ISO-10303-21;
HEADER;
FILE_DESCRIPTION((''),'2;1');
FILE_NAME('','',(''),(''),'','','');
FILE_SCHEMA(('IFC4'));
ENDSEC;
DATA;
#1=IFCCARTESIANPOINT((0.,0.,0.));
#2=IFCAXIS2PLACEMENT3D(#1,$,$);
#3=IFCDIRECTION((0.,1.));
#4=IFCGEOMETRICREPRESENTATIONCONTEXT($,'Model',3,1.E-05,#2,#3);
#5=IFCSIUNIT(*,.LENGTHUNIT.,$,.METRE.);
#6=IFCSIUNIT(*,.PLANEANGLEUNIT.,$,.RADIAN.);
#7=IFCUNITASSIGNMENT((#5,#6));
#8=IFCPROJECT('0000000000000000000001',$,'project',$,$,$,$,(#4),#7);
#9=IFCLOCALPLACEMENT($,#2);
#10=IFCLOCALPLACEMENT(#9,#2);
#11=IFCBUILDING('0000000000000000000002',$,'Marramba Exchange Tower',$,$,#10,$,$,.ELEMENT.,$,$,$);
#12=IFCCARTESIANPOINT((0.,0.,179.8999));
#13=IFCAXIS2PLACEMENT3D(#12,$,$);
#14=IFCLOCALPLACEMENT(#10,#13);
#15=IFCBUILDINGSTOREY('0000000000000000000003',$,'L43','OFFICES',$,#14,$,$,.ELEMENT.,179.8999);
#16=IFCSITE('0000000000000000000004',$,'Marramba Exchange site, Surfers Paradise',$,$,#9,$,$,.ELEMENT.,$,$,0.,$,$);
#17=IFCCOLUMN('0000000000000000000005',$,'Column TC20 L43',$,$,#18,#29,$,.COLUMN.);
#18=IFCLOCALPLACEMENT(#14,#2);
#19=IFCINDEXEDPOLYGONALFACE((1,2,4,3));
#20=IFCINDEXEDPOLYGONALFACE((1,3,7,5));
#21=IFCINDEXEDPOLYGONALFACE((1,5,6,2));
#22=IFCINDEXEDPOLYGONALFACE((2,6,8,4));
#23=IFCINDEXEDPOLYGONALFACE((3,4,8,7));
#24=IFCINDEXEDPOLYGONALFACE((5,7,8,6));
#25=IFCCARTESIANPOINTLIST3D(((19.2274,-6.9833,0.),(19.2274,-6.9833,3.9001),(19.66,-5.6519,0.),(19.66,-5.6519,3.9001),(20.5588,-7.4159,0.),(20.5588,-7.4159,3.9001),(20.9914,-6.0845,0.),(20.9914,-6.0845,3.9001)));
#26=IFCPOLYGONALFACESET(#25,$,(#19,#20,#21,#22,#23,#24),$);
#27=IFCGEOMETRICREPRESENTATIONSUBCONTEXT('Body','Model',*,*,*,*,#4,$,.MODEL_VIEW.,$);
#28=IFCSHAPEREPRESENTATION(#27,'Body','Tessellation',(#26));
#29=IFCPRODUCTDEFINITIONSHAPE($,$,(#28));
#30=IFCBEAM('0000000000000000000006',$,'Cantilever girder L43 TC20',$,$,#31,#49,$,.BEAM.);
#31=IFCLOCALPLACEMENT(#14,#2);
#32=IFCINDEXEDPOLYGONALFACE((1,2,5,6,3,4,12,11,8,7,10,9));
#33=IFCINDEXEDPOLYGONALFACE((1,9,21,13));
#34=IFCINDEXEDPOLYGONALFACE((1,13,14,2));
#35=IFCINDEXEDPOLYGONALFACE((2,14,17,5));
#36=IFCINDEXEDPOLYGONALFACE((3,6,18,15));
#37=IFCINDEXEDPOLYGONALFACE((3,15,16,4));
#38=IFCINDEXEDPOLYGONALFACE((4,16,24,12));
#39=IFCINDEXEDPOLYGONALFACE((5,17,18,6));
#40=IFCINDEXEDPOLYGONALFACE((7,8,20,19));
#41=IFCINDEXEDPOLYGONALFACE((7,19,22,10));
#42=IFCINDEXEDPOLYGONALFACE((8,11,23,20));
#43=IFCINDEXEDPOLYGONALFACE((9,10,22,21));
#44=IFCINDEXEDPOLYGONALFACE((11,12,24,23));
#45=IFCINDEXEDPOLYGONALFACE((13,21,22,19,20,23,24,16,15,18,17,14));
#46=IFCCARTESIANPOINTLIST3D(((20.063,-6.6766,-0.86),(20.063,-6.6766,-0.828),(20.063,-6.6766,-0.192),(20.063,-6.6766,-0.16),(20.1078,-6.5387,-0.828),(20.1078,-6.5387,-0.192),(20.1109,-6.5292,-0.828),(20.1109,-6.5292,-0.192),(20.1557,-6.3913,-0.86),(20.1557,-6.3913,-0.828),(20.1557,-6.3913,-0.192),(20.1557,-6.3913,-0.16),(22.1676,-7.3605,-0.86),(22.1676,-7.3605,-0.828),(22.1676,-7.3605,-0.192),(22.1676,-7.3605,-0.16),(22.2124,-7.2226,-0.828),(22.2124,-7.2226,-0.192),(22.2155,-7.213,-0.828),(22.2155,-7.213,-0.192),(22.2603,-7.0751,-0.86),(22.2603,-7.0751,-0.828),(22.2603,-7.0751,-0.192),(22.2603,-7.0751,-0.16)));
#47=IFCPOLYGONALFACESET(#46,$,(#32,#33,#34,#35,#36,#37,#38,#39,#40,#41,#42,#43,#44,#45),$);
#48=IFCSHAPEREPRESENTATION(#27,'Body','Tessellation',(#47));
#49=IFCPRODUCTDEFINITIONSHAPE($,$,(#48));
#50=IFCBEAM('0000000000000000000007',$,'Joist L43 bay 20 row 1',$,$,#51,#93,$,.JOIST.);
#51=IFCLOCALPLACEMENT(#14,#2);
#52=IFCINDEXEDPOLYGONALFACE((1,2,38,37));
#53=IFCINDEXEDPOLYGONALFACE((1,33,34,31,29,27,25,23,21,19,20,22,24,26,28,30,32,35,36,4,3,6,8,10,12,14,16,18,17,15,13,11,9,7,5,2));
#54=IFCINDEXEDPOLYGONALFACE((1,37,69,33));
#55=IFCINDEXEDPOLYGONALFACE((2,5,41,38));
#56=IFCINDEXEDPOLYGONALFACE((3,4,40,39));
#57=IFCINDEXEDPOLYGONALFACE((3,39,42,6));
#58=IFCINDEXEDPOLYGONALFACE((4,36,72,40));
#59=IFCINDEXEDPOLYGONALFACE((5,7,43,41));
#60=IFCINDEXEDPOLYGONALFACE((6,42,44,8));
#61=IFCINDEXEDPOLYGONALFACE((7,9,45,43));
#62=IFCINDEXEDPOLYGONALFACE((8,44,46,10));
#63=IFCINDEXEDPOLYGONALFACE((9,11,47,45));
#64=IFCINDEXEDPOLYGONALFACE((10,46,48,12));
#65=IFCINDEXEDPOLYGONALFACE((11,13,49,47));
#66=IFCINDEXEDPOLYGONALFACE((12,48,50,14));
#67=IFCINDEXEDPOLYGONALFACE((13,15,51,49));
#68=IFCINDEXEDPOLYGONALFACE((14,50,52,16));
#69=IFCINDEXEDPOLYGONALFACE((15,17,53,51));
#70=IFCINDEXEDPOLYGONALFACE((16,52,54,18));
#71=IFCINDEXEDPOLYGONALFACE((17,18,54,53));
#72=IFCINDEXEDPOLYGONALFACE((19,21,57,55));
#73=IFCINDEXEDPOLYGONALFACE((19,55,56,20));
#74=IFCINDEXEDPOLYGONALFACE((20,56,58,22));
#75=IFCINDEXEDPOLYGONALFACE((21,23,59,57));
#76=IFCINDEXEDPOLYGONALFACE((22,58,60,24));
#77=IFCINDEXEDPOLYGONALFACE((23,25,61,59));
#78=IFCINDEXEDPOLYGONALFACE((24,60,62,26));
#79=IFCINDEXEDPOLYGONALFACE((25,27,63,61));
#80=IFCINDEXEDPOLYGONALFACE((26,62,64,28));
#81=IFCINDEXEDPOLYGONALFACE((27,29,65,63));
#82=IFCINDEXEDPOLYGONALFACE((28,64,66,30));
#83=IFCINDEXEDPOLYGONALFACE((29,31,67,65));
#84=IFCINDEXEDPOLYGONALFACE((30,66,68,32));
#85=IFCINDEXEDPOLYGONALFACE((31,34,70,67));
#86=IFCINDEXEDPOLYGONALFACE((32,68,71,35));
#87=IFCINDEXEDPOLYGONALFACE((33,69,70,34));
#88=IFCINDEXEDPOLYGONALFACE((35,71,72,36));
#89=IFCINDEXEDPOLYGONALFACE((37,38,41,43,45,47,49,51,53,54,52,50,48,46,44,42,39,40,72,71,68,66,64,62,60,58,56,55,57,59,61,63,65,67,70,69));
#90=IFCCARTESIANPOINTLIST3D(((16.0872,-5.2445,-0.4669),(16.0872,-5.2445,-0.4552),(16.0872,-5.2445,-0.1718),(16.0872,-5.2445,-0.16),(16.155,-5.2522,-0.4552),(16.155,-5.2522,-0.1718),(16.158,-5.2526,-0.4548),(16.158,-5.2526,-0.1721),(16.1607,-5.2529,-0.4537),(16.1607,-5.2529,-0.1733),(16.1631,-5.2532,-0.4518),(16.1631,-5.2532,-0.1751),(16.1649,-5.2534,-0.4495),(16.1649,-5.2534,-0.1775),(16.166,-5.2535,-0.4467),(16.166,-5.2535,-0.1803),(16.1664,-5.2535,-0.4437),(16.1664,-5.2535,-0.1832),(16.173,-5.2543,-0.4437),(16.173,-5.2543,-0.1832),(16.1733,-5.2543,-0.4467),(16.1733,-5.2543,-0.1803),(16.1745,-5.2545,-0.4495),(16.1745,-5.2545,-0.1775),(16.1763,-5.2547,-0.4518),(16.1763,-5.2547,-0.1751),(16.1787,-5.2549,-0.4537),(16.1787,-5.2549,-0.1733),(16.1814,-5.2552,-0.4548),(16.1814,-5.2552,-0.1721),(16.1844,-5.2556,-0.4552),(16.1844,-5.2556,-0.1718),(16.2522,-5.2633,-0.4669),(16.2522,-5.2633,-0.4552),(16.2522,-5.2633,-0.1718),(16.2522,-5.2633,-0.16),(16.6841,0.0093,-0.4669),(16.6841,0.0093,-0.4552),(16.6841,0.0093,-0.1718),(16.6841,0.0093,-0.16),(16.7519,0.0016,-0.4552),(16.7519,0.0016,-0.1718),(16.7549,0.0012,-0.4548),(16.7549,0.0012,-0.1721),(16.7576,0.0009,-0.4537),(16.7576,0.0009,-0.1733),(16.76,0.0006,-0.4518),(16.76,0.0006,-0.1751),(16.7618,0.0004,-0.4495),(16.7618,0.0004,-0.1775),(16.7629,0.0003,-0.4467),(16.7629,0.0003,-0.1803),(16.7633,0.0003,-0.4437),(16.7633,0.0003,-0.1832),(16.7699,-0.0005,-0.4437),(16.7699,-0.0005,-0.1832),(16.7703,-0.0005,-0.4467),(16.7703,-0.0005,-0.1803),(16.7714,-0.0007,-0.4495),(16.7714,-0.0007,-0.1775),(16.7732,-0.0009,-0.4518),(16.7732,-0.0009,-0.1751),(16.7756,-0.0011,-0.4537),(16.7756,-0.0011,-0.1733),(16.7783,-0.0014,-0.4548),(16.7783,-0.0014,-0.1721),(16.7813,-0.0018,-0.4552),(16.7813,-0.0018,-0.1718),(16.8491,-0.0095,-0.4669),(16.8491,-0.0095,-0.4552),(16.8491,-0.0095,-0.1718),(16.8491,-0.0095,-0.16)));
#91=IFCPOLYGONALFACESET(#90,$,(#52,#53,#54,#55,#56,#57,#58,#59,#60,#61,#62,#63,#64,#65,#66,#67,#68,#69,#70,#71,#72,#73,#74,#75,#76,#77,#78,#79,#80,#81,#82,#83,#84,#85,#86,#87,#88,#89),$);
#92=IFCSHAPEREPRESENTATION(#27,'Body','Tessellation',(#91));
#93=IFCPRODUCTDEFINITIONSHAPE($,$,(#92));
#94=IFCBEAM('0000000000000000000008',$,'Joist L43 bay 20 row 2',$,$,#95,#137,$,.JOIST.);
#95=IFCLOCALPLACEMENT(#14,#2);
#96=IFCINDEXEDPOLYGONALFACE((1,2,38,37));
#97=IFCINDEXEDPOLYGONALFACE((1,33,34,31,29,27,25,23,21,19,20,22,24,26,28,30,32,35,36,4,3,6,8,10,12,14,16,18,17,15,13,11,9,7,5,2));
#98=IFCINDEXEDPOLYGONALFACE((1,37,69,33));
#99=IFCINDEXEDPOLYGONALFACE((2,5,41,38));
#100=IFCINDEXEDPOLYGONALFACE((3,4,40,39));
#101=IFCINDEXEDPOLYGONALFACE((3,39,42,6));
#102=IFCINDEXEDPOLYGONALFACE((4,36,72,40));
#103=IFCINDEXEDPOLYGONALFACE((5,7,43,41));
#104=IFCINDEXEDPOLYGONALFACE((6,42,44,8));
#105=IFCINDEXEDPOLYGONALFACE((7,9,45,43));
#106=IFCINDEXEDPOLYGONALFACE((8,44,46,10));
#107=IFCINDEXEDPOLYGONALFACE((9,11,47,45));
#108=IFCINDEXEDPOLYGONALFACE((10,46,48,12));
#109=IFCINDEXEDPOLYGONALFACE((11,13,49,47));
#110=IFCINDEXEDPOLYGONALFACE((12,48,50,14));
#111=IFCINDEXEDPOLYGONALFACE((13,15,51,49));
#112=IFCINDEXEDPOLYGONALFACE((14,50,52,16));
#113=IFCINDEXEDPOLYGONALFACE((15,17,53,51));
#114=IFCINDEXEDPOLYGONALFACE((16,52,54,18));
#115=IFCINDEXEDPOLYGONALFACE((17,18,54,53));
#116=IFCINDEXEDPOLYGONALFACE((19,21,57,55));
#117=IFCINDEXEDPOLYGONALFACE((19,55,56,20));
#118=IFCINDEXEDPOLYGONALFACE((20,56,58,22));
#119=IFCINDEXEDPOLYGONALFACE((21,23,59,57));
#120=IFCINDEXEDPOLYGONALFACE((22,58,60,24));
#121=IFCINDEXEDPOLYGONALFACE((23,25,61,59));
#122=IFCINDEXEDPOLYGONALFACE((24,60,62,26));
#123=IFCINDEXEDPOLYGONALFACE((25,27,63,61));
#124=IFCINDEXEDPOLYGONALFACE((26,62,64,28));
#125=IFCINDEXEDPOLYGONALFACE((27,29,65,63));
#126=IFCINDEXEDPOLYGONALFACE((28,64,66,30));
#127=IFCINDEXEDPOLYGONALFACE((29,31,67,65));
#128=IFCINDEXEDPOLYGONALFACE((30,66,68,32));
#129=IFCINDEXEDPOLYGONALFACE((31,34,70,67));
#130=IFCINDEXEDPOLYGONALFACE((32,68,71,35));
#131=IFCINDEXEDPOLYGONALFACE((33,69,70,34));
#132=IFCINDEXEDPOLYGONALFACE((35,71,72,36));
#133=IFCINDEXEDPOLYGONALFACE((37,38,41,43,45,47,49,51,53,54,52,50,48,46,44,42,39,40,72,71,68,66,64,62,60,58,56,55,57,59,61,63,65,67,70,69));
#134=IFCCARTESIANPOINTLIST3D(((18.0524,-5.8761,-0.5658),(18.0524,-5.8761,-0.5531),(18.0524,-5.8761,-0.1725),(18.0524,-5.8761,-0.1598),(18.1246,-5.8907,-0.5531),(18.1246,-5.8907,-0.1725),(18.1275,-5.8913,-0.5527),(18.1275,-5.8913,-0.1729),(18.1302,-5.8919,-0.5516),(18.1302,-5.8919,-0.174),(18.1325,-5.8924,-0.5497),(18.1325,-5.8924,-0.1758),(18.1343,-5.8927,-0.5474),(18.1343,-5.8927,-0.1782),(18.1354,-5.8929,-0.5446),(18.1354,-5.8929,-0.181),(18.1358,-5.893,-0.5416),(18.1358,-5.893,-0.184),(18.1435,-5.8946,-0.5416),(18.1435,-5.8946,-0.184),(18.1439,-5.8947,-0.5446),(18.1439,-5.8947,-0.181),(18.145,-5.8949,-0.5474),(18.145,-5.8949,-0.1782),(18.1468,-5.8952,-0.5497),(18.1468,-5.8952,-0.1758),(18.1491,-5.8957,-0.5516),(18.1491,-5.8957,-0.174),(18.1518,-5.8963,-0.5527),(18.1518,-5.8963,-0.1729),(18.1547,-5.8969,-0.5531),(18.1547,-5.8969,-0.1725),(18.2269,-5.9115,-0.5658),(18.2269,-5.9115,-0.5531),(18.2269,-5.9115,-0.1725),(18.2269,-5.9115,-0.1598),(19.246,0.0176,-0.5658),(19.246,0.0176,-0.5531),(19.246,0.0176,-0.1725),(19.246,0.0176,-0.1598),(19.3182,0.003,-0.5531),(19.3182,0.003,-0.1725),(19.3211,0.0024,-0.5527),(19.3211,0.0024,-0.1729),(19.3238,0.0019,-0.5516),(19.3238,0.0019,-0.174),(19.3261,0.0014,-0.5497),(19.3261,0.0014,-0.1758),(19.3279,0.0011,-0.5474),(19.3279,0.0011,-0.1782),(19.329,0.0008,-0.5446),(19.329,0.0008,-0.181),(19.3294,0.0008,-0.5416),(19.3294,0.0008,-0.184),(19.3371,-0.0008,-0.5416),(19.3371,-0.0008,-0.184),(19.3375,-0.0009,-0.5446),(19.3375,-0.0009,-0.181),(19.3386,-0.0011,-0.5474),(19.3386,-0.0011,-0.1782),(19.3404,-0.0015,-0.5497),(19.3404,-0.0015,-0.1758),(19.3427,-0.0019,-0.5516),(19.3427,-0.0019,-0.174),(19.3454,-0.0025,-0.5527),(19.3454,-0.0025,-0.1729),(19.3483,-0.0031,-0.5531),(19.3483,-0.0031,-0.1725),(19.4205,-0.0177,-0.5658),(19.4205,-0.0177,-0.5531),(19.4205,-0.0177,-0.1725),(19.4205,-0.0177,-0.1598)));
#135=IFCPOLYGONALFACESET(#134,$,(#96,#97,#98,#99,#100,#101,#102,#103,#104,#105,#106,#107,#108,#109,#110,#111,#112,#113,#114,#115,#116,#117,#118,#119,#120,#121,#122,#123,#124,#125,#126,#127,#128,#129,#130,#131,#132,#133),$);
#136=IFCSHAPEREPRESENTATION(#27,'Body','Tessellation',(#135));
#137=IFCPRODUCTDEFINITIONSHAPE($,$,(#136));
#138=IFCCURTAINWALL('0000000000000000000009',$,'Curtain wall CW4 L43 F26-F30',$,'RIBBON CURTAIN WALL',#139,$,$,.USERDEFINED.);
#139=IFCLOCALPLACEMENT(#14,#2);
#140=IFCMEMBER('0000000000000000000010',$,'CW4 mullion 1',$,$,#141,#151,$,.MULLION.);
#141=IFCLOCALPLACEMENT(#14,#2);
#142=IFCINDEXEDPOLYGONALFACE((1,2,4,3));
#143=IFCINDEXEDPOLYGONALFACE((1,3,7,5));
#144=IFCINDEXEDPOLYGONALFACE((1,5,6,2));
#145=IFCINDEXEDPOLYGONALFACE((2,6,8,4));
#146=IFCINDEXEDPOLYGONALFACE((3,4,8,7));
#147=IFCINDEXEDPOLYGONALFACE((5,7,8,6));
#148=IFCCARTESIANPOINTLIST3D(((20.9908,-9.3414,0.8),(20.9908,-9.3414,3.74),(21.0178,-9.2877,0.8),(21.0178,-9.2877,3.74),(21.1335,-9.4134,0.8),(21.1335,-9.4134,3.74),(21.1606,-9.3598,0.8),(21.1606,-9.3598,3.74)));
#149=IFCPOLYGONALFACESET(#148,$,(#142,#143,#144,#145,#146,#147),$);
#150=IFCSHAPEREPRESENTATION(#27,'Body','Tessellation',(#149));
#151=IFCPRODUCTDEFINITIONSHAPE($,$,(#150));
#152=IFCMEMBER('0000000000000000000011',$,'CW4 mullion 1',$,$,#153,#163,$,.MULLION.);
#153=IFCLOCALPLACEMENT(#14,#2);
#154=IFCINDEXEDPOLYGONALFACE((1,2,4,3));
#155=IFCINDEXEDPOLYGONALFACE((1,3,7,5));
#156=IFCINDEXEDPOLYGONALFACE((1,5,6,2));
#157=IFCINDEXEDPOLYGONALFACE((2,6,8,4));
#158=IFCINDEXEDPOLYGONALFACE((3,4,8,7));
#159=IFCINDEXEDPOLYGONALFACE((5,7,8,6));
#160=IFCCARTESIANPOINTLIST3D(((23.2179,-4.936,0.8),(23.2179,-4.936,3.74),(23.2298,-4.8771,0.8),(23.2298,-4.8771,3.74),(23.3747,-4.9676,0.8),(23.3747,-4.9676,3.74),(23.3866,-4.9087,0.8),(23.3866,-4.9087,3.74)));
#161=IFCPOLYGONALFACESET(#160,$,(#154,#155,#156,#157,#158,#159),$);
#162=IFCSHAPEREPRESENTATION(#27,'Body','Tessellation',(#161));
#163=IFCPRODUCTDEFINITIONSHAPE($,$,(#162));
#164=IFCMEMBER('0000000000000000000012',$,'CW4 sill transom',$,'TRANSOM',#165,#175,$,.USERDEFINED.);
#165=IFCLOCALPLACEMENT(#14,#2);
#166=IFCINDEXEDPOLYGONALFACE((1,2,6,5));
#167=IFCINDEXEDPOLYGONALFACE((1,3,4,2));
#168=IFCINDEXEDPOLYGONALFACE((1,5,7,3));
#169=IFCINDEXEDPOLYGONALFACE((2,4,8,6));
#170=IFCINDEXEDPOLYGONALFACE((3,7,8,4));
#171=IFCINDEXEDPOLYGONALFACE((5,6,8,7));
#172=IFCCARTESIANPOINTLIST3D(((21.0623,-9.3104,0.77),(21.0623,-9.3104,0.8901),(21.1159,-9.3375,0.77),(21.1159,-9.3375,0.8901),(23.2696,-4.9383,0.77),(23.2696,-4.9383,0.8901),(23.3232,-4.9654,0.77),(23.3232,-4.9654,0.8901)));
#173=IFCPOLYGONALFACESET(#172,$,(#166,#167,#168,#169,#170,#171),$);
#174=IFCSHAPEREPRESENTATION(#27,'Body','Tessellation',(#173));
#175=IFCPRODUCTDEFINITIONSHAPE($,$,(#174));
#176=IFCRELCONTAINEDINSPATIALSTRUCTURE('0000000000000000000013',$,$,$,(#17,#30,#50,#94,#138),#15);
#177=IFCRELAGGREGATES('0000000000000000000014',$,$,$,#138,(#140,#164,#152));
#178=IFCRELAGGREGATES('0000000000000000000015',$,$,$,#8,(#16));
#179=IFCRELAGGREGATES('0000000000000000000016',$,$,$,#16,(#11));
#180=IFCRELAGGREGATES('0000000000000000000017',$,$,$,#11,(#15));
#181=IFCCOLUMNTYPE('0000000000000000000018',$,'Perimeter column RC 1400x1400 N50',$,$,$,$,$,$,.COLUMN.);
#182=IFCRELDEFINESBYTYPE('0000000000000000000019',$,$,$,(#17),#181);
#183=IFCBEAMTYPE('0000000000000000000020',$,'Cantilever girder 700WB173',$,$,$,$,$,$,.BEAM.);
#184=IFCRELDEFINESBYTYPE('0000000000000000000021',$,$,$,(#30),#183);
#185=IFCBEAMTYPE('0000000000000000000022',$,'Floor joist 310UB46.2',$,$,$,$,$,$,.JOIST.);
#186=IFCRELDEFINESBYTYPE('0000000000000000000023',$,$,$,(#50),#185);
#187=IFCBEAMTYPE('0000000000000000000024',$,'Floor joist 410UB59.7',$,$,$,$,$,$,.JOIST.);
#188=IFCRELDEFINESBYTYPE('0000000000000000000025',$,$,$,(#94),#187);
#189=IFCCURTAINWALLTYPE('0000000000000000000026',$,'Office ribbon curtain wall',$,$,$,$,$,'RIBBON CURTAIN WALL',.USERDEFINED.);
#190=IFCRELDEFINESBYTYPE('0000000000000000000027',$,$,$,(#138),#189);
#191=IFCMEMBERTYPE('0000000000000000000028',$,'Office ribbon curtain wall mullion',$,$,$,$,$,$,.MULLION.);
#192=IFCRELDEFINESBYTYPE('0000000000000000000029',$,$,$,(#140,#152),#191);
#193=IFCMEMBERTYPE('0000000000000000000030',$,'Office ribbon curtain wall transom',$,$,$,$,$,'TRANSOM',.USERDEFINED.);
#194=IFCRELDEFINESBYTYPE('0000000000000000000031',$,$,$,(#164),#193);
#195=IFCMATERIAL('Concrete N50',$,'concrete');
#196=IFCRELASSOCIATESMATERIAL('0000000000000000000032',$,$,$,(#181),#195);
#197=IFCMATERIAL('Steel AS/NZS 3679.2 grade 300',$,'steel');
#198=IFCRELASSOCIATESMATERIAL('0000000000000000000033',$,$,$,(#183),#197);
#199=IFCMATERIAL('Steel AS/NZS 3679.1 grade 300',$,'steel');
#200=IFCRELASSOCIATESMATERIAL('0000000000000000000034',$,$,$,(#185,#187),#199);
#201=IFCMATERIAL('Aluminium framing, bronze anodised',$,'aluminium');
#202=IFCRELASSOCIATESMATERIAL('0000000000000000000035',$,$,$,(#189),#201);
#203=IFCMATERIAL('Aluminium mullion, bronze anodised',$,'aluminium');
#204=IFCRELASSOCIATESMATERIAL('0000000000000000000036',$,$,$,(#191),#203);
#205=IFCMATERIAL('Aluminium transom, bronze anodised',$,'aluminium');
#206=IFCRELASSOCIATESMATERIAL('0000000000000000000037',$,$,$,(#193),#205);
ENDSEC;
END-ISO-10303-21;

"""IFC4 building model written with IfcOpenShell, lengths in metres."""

from ifc_helpers import new_model, si_unit, direction, frame, origin, origin_2d, place, context, subcontext, project, spatial, rectangle, i_section, extrude, material, material_profile, profile_set, type_object, element, aggregate, save


model = new_model("IFC4")

# Units and contexts
model_context = context("Model", 3, precision=1e-05, world=origin(), true_north=direction((0.0, 1.0)))
body_context = subcontext(model_context, "Body", "Model", "MODEL_VIEW")
ifc_project = project(units=[si_unit("LENGTHUNIT", "METRE"), si_unit("PLANEANGLEUNIT", "RADIAN")], contexts=[model_context])

# Site, building, storey
site_placement = place(None, origin())
site = spatial("IfcSite", under=ifc_project, at=site_placement, Name="Marramba Exchange site, Surfers Paradise", CompositionType="ELEMENT", RefElevation=0.0)
building_placement = place(site_placement, origin())
building = spatial("IfcBuilding", under=site, at=building_placement, Name="Marramba Exchange Tower", CompositionType="ELEMENT")
storey_placement = place(building_placement, frame((0.0, 0.0, 179.8999)))
storey = spatial("IfcBuildingStorey", under=building, at=storey_placement, Name="L43", Description="OFFICES", CompositionType="ELEMENT", Elevation=179.8999)

# Column
ifc_material_1 = material(Name="Concrete N50", Category="concrete")
ifc_material_profile_1 = material_profile(ifc_material_1, rectangle(XDim=1.3999, YDim=1.3999, at=origin_2d()), Name="RC 1400x1400")
ifc_profile_set_1 = profile_set([ifc_material_profile_1], Name="Concrete N50")
column_type = type_object("IfcColumnType", Name="Perimeter column RC 1400x1400 N50", PredefinedType="COLUMN", material=ifc_profile_set_1)
column_placement = place(storey_placement, frame((20.1094, -6.5339, 0.0), z_axis=(0.0, 0.0, 1.0), x_axis=(0.951057, -0.309017, 0.0)))
element("IfcColumn", 1, at=column_placement, inside=storey, type_object=column_type, Name="Column TC20 L43", PredefinedType="COLUMN", context=body_context, shape_type="SweptSolid", body=[
    extrude(rectangle(XDim=1.3999, YDim=1.3999, at=origin_2d()), origin(), (0.0, 0.0, 1.0), 3.9001),
])

# Beams
ifc_material_2 = material(Name="Steel AS/NZS 3679.2 grade 300", Category="steel")
ifc_material_profile_2 = material_profile(ifc_material_2, i_section(OverallWidth=0.3, OverallDepth=0.7, WebThickness=0.01, FlangeThickness=0.032, at=origin_2d()), Name="700WB173")
ifc_profile_set_2 = profile_set([ifc_material_profile_2], Name="Steel AS/NZS 3679.2 grade 300")
beam_type_1 = type_object("IfcBeamType", Name="Cantilever girder 700WB173", PredefinedType="BEAM", material=ifc_profile_set_2)
beam_1_placement = place(storey_placement, frame((20.1094, -6.5339, -0.51), z_axis=(0.95105, -0.309036, 0.0), x_axis=(0.309036, 0.95105, 0.0)))
element("IfcBeam", 2, at=beam_1_placement, inside=storey, type_object=beam_type_1, Name="Cantilever girder L43 TC20", PredefinedType="BEAM", context=body_context, shape_type="SweptSolid", body=[
    extrude(i_section(OverallWidth=0.3, OverallDepth=0.7, WebThickness=0.01, FlangeThickness=0.032, at=origin_2d()), origin(), (0.0, 0.0, 1.0), 2.2129),
])
ifc_material_3 = material(Name="Steel AS/NZS 3679.1 grade 300", Category="steel")
ifc_material_profile_3 = material_profile(ifc_material_3, i_section(OverallWidth=0.166, OverallDepth=0.3069, WebThickness=0.0066, FlangeThickness=0.0117, FilletRadius=0.0115, at=origin_2d()), Name="310UB46.2")
ifc_profile_set_3 = profile_set([ifc_material_profile_3], Name="Steel AS/NZS 3679.1 grade 300")
beam_type_2 = type_object("IfcBeamType", Name="Floor joist 310UB46.2", PredefinedType="JOIST", material=ifc_profile_set_3)
beam_2_placement = place(storey_placement, frame((16.1697, -5.2539, -0.3135), z_axis=(0.112889, 0.993608, 0.0), x_axis=(-0.993608, 0.112889, 0.0)))
element("IfcBeam", 3, at=beam_2_placement, inside=storey, type_object=beam_type_2, Name="Joist L43 bay 20 row 1", PredefinedType="JOIST", context=body_context, shape_type="SweptSolid", body=[
    extrude(i_section(OverallWidth=0.166, OverallDepth=0.3069, WebThickness=0.0066, FlangeThickness=0.0117, FilletRadius=0.0115, at=origin_2d()), origin(), (0.0, 0.0, 1.0), 5.2876),
])
ifc_material_profile_4 = material_profile(ifc_material_3, i_section(OverallWidth=0.178, OverallDepth=0.406, WebThickness=0.0078, FlangeThickness=0.0127, FilletRadius=0.0115, at=origin_2d()), Name="410UB59.7")
ifc_profile_set_4 = profile_set([ifc_material_profile_4], Name="Steel AS/NZS 3679.1 grade 300")
beam_type_3 = type_object("IfcBeamType", Name="Floor joist 410UB59.7", PredefinedType="JOIST", material=ifc_profile_set_4)
beam_3_placement = place(storey_placement, frame((18.1396, -5.8938, -0.3628), z_axis=(0.198489, 0.980103, 0.0), x_axis=(-0.980103, 0.198489, 0.0)))
element("IfcBeam", 4, at=beam_3_placement, inside=storey, type_object=beam_type_3, Name="Joist L43 bay 20 row 2", PredefinedType="JOIST", context=body_context, shape_type="SweptSolid", body=[
    extrude(i_section(OverallWidth=0.178, OverallDepth=0.406, WebThickness=0.0078, FlangeThickness=0.0127, FilletRadius=0.0115, at=origin_2d()), origin(), (0.0, 0.0, 1.0), 6.0134),
])

# Curtain wall, members
ifc_material_4 = material(Name="Aluminium framing, bronze anodised", Category="aluminium")
curtain_wall_type = type_object("IfcCurtainWallType", Name="Office ribbon curtain wall", ElementType="RIBBON CURTAIN WALL", PredefinedType="USERDEFINED", material=ifc_material_4)
curtain_wall_placement = place(storey_placement, origin())
curtain_wall = element("IfcCurtainWall", 5, at=curtain_wall_placement, inside=storey, type_object=curtain_wall_type, Name="Curtain wall CW4 L43 F26-F30", ObjectType="RIBBON CURTAIN WALL", PredefinedType="USERDEFINED")
ifc_material_5 = material(Name="Aluminium mullion, bronze anodised", Category="aluminium")
ifc_material_profile_5 = material_profile(ifc_material_5, rectangle(XDim=0.1599, YDim=0.0601, at=origin_2d()), Name="CW4 mullion 60x160")
ifc_profile_set_5 = profile_set([ifc_material_profile_5], Name="Aluminium mullion, bronze anodised")
member_type_1 = type_object("IfcMemberType", Name="Office ribbon curtain wall mullion", PredefinedType="MULLION", material=ifc_profile_set_5)
member_1_placement = place(storey_placement, frame((21.0757, -9.3506, 0.8), z_axis=(0.0, 0.0, 1.0), x_axis=(-0.892689, 0.450673, 0.0)))
member_1 = element("IfcMember", 6, at=member_1_placement, type_object=member_type_1, Name="CW4 mullion 1", PredefinedType="MULLION", context=body_context, shape_type="SweptSolid", body=[
    extrude(rectangle(XDim=0.1599, YDim=0.0601, at=origin_2d()), origin(), (0.0, 0.0, 1.0), 2.9399),
])
member_2_placement = place(storey_placement, frame((23.3022, -4.9224, 0.8), z_axis=(0.0, 0.0, 1.0), x_axis=(-0.980304, 0.197495, 0.0)))
member_2 = element("IfcMember", 7, at=member_2_placement, type_object=member_type_1, Name="CW4 mullion 1", PredefinedType="MULLION", context=body_context, shape_type="SweptSolid", body=[
    extrude(rectangle(XDim=0.1599, YDim=0.0601, at=origin_2d()), origin(), (0.0, 0.0, 1.0), 2.9399),
])
ifc_material_6 = material(Name="Aluminium transom, bronze anodised", Category="aluminium")
ifc_material_profile_6 = material_profile(ifc_material_6, rectangle(XDim=0.0601, YDim=0.1201, at=origin_2d()), Name="CW4 transom 60x120")
ifc_profile_set_6 = profile_set([ifc_material_profile_6], Name="Aluminium transom, bronze anodised")
member_type_2 = type_object("IfcMemberType", Name="Office ribbon curtain wall transom", ElementType="TRANSOM", PredefinedType="USERDEFINED", material=ifc_profile_set_6)
member_3_placement = place(storey_placement, frame((21.0891, -9.324, 0.8301), z_axis=(0.45068, 0.892686, 0.0), x_axis=(-0.892686, 0.45068, 0.0)))
member_3 = element("IfcMember", 8, at=member_3_placement, type_object=member_type_2, Name="CW4 sill transom", ObjectType="TRANSOM", PredefinedType="USERDEFINED", context=body_context, shape_type="SweptSolid", body=[
    extrude(rectangle(XDim=0.0601, YDim=0.1201, at=origin_2d()), origin(), (0.0, 0.0, 1.0), 4.8977),
])

aggregate(curtain_wall, [member_1, member_3, member_2])

save(model, "model.ifc")
